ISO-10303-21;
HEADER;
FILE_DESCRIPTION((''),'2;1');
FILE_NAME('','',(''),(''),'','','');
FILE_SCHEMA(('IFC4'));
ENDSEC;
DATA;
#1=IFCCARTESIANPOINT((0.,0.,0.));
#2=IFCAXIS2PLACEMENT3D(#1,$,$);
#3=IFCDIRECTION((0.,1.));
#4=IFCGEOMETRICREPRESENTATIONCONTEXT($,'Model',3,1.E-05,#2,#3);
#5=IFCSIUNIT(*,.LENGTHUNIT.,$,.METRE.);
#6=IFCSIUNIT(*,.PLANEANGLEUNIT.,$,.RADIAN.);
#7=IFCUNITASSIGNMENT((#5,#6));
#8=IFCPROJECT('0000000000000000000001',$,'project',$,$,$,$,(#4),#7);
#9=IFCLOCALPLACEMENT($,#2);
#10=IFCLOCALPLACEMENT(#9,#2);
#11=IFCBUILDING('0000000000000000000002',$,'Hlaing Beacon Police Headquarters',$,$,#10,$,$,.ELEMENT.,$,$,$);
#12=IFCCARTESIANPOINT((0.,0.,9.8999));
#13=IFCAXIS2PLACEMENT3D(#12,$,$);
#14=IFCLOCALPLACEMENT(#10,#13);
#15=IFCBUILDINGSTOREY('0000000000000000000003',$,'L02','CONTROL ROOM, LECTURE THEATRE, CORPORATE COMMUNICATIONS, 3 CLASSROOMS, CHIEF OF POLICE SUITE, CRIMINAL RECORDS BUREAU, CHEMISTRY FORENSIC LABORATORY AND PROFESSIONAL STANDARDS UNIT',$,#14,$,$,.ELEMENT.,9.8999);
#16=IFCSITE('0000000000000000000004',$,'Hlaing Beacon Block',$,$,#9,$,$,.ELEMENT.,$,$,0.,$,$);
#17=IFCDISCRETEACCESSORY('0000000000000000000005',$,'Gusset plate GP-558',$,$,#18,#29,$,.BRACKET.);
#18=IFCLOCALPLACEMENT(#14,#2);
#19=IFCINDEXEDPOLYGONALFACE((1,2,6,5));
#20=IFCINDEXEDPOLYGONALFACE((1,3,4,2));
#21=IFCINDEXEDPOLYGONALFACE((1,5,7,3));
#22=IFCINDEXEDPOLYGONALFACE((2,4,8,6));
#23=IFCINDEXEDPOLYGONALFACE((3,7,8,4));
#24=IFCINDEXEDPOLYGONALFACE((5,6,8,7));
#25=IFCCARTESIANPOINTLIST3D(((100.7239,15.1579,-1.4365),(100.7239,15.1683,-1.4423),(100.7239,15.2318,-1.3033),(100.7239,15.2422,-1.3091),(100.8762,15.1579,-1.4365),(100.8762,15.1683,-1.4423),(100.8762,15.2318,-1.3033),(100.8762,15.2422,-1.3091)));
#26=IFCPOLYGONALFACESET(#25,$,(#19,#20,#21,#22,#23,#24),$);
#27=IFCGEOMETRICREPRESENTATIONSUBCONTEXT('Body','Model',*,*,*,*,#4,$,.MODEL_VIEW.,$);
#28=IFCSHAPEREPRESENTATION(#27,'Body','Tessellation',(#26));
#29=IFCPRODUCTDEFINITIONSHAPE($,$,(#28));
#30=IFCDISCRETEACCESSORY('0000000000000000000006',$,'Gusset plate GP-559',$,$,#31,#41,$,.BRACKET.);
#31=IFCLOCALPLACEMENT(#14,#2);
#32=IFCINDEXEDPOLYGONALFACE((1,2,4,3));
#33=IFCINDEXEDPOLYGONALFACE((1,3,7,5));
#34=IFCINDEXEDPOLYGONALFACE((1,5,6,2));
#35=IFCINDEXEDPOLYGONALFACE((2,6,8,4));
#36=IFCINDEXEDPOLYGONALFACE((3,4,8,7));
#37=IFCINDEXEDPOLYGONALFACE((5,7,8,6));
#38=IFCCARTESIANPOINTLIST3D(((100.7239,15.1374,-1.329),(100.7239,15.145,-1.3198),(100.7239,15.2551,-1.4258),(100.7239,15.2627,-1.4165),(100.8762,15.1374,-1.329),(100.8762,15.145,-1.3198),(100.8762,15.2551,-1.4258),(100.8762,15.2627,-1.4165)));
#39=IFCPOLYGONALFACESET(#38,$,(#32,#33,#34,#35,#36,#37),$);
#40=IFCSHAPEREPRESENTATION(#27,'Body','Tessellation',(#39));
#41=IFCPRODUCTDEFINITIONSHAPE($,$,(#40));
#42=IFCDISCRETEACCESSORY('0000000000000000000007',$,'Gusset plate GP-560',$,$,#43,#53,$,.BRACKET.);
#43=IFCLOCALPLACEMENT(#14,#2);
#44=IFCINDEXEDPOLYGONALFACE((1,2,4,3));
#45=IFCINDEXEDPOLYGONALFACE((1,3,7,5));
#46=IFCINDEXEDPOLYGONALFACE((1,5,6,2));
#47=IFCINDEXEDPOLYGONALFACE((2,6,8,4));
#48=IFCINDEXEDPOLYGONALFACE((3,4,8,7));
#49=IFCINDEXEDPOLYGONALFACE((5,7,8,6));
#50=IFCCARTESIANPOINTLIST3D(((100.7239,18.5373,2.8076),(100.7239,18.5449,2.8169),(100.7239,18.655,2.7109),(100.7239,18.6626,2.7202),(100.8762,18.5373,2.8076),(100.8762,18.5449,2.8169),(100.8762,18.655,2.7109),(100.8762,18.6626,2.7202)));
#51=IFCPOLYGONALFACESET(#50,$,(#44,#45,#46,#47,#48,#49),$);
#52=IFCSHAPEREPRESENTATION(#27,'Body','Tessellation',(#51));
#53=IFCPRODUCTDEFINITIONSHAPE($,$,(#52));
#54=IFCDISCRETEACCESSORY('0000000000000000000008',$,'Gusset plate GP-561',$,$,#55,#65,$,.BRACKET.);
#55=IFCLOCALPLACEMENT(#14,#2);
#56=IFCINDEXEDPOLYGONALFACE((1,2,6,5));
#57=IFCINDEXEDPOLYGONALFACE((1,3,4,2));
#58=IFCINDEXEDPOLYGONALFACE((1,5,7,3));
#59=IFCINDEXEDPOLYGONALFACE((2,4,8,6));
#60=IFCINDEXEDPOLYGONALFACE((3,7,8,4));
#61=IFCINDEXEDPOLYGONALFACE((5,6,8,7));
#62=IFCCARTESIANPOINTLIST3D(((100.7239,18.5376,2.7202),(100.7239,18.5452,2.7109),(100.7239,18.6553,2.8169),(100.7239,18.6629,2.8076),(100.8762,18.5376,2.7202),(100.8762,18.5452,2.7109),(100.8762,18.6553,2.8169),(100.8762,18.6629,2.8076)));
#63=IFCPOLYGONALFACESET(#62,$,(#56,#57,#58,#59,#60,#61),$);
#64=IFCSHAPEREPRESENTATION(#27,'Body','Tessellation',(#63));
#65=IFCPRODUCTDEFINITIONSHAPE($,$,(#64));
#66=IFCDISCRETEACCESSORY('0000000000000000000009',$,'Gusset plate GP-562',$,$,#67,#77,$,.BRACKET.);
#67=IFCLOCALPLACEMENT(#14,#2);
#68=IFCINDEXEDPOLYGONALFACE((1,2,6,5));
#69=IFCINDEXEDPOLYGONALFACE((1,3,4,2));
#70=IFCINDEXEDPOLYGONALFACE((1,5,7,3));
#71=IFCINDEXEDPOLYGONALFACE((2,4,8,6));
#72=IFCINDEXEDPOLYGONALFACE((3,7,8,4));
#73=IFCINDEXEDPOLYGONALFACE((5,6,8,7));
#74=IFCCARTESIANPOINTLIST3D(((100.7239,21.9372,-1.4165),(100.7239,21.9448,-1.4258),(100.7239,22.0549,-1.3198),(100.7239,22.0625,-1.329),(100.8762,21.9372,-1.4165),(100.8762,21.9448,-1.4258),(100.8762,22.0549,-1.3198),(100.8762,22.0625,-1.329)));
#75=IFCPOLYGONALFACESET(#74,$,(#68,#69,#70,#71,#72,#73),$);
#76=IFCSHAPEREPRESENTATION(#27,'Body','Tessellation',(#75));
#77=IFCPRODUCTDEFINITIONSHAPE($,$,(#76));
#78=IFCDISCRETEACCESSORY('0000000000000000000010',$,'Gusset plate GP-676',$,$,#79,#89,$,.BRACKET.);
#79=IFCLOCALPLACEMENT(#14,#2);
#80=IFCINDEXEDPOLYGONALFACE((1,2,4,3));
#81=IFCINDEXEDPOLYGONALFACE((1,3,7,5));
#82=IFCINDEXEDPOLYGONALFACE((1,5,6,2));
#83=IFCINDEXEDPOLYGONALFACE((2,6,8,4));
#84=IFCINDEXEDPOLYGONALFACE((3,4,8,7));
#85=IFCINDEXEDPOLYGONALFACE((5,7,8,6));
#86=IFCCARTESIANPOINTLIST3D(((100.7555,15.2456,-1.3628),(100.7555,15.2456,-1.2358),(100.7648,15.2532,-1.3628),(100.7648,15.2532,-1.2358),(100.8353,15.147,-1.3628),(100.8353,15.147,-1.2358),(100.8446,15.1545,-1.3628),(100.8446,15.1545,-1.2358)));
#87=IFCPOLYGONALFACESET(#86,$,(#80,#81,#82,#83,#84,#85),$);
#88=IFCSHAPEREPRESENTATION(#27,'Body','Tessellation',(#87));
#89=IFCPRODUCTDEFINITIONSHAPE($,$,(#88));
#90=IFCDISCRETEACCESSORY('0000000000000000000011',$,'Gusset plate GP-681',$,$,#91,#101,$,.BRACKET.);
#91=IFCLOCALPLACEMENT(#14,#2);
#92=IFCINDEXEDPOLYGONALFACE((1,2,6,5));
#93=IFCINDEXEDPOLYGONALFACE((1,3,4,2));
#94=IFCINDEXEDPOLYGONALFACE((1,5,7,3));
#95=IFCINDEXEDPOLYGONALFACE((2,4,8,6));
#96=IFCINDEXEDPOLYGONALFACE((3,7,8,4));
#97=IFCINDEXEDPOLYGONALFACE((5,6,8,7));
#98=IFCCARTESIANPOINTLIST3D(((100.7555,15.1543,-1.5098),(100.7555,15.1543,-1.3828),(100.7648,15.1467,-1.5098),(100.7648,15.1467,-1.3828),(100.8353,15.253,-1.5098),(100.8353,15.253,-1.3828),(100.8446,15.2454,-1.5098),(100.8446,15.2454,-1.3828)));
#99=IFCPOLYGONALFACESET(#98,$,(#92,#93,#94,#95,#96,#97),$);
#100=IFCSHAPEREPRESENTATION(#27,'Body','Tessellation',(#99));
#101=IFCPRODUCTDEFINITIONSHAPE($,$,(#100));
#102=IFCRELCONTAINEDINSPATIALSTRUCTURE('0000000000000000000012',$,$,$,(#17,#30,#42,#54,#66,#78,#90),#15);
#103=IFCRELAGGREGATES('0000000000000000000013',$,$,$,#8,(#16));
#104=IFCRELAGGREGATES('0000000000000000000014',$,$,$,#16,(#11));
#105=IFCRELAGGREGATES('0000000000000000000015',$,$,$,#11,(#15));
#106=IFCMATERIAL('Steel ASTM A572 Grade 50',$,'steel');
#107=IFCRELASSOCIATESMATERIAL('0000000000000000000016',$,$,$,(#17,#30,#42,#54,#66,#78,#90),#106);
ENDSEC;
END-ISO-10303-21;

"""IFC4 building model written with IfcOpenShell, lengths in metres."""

from ifc_helpers import new_model, si_unit, direction, frame, origin, origin_2d, place, context, subcontext, project, spatial, rectangle, extrude, material, element, save


model = new_model("IFC4")

# Units and contexts
model_context = context("Model", 3, precision=1e-05, world=origin(), true_north=direction((0.0, 1.0)))
body_context = subcontext(model_context, "Body", "Model", "MODEL_VIEW")
ifc_project = project(units=[si_unit("LENGTHUNIT", "METRE"), si_unit("PLANEANGLEUNIT", "RADIAN")], contexts=[model_context])

# Site, building, storey
site_placement = place(None, origin())
site = spatial("IfcSite", under=ifc_project, at=site_placement, Name="Hlaing Beacon Block", CompositionType="ELEMENT", RefElevation=0.0)
building_placement = place(site_placement, origin())
building = spatial("IfcBuilding", under=site, at=building_placement, Name="Hlaing Beacon Police Headquarters", CompositionType="ELEMENT")
storey_placement = place(building_placement, frame((0.0, 0.0, 9.8999)))
storey = spatial("IfcBuildingStorey", under=building, at=storey_placement, Name="L02", Description="CONTROL ROOM, LECTURE THEATRE, CORPORATE COMMUNICATIONS, 3 CLASSROOMS, CHIEF OF POLICE SUITE, CRIMINAL RECORDS BUREAU, CHEMISTRY FORENSIC LABORATORY AND PROFESSIONAL STANDARDS UNIT", CompositionType="ELEMENT", Elevation=9.8999)

# Discrete accessories
ifc_material_1 = material(Name="Steel ASTM A572 Grade 50", Category="steel")
for number, where, z_axis, x_axis, name in (
    (1, (100.8, 15.1948, -1.3699), (0.0, 0.874388, -0.485227), (-1.0, 0.0, 0.0), "Gusset plate GP-558"),
    (2, (100.8, 15.2039, -1.3682), (0.0, -0.634977, -0.772531), (1.0, 0.0, 0.0), "Gusset plate GP-559"),
    (3, (100.8, 18.5962, 2.7593), (0.0, 0.634977, 0.772531), (-1.0, 0.0, 0.0), "Gusset plate GP-560"),
    (4, (100.8, 18.604, 2.7593), (0.0, -0.634949, 0.772554), (1.0, 0.0, 0.0), "Gusset plate GP-561"),
    (5, (100.8, 21.9961, -1.3682), (0.0, 0.634949, -0.772554), (-1.0, 0.0, 0.0), "Gusset plate GP-562"),
):
    element("IfcDiscreteAccessory", number, at=place(storey_placement, frame(where, z_axis=z_axis, x_axis=x_axis)), inside=storey, material=ifc_material_1, Name=name, PredefinedType="BRACKET", context=body_context, shape_type="SweptSolid", body=[
        extrude(rectangle(XDim=0.1523, YDim=0.1523, at=origin_2d()), origin(), (0.0, 0.0, 1.0), 0.012),
    ])
for number, where, z_axis, x_axis, name in (
    (6, (100.7954, 15.1963, -1.2993), (0.777248, 0.629194, 0.0), (-0.629194, 0.777248, 0.0), "Gusset plate GP-676"),
    (7, (100.7954, 15.2036, -1.4463), (0.777248, -0.629194, 0.0), (0.629194, 0.777248, 0.0), "Gusset plate GP-681"),
):
    element("IfcDiscreteAccessory", number, at=place(storey_placement, frame(where, z_axis=z_axis, x_axis=x_axis)), inside=storey, material=ifc_material_1, Name=name, PredefinedType="BRACKET", context=body_context, shape_type="SweptSolid", body=[
        extrude(rectangle(XDim=0.127, YDim=0.127, at=origin_2d()), origin(), (0.0, 0.0, 1.0), 0.012),
    ])

save(model, "model.ifc")
